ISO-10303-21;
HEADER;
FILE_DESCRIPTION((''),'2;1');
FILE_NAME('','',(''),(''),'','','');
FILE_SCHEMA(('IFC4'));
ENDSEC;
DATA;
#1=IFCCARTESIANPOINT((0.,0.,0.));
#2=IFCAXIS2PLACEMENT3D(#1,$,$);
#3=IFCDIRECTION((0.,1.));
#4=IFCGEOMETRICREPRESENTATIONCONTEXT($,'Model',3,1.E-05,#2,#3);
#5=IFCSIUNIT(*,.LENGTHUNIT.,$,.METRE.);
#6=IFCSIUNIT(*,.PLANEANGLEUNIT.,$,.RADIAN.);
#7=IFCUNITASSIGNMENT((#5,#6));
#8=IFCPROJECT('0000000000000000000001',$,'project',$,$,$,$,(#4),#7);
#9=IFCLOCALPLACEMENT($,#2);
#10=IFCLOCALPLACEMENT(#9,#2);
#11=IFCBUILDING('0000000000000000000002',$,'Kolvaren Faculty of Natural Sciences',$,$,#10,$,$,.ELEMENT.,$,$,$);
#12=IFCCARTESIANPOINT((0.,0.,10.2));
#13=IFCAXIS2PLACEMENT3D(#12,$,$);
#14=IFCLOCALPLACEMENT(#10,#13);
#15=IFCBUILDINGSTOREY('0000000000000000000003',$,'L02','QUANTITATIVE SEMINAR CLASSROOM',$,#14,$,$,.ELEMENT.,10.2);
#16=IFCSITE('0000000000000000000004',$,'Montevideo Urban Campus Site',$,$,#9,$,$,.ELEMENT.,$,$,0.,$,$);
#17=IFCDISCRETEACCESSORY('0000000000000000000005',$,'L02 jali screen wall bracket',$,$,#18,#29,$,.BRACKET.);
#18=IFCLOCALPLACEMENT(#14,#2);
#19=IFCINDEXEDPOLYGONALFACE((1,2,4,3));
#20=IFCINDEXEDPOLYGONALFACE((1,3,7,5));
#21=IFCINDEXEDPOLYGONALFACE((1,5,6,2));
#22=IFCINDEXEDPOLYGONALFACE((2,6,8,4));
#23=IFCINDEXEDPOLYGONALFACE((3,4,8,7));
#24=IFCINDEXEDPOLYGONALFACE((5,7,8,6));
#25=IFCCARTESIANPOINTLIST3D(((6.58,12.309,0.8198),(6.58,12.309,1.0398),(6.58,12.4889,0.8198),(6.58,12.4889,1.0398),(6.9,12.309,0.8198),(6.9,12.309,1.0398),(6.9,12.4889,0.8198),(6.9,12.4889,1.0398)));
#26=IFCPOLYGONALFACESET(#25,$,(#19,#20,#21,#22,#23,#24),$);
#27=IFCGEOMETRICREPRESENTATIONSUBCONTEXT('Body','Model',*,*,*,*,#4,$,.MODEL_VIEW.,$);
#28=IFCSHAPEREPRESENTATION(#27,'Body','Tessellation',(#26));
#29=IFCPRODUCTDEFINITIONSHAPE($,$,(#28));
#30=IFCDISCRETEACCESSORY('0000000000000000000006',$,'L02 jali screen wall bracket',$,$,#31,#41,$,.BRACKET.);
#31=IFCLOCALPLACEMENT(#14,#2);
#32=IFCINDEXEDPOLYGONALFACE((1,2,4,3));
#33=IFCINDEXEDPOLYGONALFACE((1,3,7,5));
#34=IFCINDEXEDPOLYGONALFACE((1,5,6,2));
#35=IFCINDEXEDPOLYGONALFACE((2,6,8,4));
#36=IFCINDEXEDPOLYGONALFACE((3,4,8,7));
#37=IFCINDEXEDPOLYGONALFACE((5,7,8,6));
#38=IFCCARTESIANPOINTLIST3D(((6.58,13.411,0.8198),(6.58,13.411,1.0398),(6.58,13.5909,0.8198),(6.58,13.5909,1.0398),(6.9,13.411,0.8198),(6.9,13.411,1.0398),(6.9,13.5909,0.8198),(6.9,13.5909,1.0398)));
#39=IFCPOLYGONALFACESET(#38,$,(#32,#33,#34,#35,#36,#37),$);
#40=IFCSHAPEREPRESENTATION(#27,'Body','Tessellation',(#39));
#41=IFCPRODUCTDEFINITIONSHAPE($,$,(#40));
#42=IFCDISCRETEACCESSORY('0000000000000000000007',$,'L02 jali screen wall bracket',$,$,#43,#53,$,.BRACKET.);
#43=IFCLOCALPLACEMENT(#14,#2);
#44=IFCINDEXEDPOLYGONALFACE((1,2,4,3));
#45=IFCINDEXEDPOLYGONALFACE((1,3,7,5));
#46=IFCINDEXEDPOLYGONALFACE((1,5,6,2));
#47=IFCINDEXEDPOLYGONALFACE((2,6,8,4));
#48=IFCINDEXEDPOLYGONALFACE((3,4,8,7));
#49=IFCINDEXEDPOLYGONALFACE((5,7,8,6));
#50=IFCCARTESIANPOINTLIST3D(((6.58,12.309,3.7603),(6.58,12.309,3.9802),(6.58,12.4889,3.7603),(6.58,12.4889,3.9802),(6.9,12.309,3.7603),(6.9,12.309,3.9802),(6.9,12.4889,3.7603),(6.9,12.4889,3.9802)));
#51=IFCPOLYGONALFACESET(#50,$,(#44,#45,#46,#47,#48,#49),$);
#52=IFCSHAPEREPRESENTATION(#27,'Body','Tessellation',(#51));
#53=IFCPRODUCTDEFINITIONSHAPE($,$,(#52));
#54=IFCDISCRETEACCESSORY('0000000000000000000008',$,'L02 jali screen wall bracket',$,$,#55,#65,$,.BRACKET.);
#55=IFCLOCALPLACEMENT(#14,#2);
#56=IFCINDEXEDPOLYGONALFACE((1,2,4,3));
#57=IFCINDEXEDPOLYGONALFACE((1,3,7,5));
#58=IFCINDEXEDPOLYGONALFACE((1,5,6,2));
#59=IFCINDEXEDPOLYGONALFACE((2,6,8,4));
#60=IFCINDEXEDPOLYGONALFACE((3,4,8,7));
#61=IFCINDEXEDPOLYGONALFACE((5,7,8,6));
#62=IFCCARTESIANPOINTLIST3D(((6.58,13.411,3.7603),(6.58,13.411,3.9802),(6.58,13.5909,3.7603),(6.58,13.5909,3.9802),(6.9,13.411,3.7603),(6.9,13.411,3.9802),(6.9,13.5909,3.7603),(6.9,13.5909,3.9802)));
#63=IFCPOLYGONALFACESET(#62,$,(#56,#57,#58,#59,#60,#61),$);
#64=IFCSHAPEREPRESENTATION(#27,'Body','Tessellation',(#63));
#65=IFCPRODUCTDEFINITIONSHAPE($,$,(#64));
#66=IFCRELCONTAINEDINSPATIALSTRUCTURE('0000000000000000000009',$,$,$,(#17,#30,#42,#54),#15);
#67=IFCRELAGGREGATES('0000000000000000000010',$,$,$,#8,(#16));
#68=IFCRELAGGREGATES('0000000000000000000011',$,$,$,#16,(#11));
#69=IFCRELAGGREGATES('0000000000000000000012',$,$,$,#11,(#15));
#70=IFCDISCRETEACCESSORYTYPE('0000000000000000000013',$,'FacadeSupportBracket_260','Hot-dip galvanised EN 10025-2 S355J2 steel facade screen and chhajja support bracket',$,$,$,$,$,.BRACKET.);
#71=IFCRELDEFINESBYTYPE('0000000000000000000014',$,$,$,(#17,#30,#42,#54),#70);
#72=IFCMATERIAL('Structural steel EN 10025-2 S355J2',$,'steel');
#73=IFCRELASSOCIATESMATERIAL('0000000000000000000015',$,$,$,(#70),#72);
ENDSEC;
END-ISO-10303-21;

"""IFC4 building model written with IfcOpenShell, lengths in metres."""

from ifc_helpers import new_model, si_unit, direction, frame, origin, origin_2d, place, context, subcontext, project, spatial, rectangle, extrude, material, type_object, element, save


model = new_model("IFC4")

# Units and contexts
model_context = context("Model", 3, precision=1e-05, world=origin(), true_north=direction((0.0, 1.0)))
body_context = subcontext(model_context, "Body", "Model", "MODEL_VIEW")
ifc_project = project(units=[si_unit("LENGTHUNIT", "METRE"), si_unit("PLANEANGLEUNIT", "RADIAN")], contexts=[model_context])

# Site, building, storey
site_placement = place(None, origin())
site = spatial("IfcSite", under=ifc_project, at=site_placement, Name="Montevideo Urban Campus Site", CompositionType="ELEMENT", RefElevation=0.0)
building_placement = place(site_placement, origin())
building = spatial("IfcBuilding", under=site, at=building_placement, Name="Kolvaren Faculty of Natural Sciences", CompositionType="ELEMENT")
storey_placement = place(building_placement, frame((0.0, 0.0, 10.2)))
storey = spatial("IfcBuildingStorey", under=building, at=storey_placement, Name="L02", Description="QUANTITATIVE SEMINAR CLASSROOM", CompositionType="ELEMENT", Elevation=10.2)

# Discrete accessories
ifc_material_1 = material(Name="Structural steel EN 10025-2 S355J2", Category="steel")
discrete_accessory_type = type_object("IfcDiscreteAccessoryType", Name="FacadeSupportBracket_260", Description="Hot-dip galvanised EN 10025-2 S355J2 steel facade screen and chhajja support bracket", PredefinedType="BRACKET", material=ifc_material_1)
for number, where, z_axis, x_axis, name in (
    (1, (6.74, 12.3989, 0.8198), (0.0, 0.0, 1.0), (0.0, 1.0, 0.0), "L02 jali screen wall bracket"),
    (2, (6.74, 13.501, 0.8198), (0.0, 0.0, 1.0), (0.0, 1.0, 0.0), "L02 jali screen wall bracket"),
    (3, (6.74, 12.3989, 3.7603), (0.0, 0.0, 1.0), (0.0, 1.0, 0.0), "L02 jali screen wall bracket"),
    (4, (6.74, 13.501, 3.7603), (0.0, 0.0, 1.0), (0.0, 1.0, 0.0), "L02 jali screen wall bracket"),
):
    element("IfcDiscreteAccessory", number, at=place(storey_placement, frame(where, z_axis=z_axis, x_axis=x_axis)), inside=storey, type_object=discrete_accessory_type, Name=name, PredefinedType="BRACKET", context=body_context, shape_type="SweptSolid", body=[
        extrude(rectangle(XDim=0.1799, YDim=0.3201, at=origin_2d()), origin(), (0.0, 0.0, 1.0), 0.22),
    ])

save(model, "model.ifc")
